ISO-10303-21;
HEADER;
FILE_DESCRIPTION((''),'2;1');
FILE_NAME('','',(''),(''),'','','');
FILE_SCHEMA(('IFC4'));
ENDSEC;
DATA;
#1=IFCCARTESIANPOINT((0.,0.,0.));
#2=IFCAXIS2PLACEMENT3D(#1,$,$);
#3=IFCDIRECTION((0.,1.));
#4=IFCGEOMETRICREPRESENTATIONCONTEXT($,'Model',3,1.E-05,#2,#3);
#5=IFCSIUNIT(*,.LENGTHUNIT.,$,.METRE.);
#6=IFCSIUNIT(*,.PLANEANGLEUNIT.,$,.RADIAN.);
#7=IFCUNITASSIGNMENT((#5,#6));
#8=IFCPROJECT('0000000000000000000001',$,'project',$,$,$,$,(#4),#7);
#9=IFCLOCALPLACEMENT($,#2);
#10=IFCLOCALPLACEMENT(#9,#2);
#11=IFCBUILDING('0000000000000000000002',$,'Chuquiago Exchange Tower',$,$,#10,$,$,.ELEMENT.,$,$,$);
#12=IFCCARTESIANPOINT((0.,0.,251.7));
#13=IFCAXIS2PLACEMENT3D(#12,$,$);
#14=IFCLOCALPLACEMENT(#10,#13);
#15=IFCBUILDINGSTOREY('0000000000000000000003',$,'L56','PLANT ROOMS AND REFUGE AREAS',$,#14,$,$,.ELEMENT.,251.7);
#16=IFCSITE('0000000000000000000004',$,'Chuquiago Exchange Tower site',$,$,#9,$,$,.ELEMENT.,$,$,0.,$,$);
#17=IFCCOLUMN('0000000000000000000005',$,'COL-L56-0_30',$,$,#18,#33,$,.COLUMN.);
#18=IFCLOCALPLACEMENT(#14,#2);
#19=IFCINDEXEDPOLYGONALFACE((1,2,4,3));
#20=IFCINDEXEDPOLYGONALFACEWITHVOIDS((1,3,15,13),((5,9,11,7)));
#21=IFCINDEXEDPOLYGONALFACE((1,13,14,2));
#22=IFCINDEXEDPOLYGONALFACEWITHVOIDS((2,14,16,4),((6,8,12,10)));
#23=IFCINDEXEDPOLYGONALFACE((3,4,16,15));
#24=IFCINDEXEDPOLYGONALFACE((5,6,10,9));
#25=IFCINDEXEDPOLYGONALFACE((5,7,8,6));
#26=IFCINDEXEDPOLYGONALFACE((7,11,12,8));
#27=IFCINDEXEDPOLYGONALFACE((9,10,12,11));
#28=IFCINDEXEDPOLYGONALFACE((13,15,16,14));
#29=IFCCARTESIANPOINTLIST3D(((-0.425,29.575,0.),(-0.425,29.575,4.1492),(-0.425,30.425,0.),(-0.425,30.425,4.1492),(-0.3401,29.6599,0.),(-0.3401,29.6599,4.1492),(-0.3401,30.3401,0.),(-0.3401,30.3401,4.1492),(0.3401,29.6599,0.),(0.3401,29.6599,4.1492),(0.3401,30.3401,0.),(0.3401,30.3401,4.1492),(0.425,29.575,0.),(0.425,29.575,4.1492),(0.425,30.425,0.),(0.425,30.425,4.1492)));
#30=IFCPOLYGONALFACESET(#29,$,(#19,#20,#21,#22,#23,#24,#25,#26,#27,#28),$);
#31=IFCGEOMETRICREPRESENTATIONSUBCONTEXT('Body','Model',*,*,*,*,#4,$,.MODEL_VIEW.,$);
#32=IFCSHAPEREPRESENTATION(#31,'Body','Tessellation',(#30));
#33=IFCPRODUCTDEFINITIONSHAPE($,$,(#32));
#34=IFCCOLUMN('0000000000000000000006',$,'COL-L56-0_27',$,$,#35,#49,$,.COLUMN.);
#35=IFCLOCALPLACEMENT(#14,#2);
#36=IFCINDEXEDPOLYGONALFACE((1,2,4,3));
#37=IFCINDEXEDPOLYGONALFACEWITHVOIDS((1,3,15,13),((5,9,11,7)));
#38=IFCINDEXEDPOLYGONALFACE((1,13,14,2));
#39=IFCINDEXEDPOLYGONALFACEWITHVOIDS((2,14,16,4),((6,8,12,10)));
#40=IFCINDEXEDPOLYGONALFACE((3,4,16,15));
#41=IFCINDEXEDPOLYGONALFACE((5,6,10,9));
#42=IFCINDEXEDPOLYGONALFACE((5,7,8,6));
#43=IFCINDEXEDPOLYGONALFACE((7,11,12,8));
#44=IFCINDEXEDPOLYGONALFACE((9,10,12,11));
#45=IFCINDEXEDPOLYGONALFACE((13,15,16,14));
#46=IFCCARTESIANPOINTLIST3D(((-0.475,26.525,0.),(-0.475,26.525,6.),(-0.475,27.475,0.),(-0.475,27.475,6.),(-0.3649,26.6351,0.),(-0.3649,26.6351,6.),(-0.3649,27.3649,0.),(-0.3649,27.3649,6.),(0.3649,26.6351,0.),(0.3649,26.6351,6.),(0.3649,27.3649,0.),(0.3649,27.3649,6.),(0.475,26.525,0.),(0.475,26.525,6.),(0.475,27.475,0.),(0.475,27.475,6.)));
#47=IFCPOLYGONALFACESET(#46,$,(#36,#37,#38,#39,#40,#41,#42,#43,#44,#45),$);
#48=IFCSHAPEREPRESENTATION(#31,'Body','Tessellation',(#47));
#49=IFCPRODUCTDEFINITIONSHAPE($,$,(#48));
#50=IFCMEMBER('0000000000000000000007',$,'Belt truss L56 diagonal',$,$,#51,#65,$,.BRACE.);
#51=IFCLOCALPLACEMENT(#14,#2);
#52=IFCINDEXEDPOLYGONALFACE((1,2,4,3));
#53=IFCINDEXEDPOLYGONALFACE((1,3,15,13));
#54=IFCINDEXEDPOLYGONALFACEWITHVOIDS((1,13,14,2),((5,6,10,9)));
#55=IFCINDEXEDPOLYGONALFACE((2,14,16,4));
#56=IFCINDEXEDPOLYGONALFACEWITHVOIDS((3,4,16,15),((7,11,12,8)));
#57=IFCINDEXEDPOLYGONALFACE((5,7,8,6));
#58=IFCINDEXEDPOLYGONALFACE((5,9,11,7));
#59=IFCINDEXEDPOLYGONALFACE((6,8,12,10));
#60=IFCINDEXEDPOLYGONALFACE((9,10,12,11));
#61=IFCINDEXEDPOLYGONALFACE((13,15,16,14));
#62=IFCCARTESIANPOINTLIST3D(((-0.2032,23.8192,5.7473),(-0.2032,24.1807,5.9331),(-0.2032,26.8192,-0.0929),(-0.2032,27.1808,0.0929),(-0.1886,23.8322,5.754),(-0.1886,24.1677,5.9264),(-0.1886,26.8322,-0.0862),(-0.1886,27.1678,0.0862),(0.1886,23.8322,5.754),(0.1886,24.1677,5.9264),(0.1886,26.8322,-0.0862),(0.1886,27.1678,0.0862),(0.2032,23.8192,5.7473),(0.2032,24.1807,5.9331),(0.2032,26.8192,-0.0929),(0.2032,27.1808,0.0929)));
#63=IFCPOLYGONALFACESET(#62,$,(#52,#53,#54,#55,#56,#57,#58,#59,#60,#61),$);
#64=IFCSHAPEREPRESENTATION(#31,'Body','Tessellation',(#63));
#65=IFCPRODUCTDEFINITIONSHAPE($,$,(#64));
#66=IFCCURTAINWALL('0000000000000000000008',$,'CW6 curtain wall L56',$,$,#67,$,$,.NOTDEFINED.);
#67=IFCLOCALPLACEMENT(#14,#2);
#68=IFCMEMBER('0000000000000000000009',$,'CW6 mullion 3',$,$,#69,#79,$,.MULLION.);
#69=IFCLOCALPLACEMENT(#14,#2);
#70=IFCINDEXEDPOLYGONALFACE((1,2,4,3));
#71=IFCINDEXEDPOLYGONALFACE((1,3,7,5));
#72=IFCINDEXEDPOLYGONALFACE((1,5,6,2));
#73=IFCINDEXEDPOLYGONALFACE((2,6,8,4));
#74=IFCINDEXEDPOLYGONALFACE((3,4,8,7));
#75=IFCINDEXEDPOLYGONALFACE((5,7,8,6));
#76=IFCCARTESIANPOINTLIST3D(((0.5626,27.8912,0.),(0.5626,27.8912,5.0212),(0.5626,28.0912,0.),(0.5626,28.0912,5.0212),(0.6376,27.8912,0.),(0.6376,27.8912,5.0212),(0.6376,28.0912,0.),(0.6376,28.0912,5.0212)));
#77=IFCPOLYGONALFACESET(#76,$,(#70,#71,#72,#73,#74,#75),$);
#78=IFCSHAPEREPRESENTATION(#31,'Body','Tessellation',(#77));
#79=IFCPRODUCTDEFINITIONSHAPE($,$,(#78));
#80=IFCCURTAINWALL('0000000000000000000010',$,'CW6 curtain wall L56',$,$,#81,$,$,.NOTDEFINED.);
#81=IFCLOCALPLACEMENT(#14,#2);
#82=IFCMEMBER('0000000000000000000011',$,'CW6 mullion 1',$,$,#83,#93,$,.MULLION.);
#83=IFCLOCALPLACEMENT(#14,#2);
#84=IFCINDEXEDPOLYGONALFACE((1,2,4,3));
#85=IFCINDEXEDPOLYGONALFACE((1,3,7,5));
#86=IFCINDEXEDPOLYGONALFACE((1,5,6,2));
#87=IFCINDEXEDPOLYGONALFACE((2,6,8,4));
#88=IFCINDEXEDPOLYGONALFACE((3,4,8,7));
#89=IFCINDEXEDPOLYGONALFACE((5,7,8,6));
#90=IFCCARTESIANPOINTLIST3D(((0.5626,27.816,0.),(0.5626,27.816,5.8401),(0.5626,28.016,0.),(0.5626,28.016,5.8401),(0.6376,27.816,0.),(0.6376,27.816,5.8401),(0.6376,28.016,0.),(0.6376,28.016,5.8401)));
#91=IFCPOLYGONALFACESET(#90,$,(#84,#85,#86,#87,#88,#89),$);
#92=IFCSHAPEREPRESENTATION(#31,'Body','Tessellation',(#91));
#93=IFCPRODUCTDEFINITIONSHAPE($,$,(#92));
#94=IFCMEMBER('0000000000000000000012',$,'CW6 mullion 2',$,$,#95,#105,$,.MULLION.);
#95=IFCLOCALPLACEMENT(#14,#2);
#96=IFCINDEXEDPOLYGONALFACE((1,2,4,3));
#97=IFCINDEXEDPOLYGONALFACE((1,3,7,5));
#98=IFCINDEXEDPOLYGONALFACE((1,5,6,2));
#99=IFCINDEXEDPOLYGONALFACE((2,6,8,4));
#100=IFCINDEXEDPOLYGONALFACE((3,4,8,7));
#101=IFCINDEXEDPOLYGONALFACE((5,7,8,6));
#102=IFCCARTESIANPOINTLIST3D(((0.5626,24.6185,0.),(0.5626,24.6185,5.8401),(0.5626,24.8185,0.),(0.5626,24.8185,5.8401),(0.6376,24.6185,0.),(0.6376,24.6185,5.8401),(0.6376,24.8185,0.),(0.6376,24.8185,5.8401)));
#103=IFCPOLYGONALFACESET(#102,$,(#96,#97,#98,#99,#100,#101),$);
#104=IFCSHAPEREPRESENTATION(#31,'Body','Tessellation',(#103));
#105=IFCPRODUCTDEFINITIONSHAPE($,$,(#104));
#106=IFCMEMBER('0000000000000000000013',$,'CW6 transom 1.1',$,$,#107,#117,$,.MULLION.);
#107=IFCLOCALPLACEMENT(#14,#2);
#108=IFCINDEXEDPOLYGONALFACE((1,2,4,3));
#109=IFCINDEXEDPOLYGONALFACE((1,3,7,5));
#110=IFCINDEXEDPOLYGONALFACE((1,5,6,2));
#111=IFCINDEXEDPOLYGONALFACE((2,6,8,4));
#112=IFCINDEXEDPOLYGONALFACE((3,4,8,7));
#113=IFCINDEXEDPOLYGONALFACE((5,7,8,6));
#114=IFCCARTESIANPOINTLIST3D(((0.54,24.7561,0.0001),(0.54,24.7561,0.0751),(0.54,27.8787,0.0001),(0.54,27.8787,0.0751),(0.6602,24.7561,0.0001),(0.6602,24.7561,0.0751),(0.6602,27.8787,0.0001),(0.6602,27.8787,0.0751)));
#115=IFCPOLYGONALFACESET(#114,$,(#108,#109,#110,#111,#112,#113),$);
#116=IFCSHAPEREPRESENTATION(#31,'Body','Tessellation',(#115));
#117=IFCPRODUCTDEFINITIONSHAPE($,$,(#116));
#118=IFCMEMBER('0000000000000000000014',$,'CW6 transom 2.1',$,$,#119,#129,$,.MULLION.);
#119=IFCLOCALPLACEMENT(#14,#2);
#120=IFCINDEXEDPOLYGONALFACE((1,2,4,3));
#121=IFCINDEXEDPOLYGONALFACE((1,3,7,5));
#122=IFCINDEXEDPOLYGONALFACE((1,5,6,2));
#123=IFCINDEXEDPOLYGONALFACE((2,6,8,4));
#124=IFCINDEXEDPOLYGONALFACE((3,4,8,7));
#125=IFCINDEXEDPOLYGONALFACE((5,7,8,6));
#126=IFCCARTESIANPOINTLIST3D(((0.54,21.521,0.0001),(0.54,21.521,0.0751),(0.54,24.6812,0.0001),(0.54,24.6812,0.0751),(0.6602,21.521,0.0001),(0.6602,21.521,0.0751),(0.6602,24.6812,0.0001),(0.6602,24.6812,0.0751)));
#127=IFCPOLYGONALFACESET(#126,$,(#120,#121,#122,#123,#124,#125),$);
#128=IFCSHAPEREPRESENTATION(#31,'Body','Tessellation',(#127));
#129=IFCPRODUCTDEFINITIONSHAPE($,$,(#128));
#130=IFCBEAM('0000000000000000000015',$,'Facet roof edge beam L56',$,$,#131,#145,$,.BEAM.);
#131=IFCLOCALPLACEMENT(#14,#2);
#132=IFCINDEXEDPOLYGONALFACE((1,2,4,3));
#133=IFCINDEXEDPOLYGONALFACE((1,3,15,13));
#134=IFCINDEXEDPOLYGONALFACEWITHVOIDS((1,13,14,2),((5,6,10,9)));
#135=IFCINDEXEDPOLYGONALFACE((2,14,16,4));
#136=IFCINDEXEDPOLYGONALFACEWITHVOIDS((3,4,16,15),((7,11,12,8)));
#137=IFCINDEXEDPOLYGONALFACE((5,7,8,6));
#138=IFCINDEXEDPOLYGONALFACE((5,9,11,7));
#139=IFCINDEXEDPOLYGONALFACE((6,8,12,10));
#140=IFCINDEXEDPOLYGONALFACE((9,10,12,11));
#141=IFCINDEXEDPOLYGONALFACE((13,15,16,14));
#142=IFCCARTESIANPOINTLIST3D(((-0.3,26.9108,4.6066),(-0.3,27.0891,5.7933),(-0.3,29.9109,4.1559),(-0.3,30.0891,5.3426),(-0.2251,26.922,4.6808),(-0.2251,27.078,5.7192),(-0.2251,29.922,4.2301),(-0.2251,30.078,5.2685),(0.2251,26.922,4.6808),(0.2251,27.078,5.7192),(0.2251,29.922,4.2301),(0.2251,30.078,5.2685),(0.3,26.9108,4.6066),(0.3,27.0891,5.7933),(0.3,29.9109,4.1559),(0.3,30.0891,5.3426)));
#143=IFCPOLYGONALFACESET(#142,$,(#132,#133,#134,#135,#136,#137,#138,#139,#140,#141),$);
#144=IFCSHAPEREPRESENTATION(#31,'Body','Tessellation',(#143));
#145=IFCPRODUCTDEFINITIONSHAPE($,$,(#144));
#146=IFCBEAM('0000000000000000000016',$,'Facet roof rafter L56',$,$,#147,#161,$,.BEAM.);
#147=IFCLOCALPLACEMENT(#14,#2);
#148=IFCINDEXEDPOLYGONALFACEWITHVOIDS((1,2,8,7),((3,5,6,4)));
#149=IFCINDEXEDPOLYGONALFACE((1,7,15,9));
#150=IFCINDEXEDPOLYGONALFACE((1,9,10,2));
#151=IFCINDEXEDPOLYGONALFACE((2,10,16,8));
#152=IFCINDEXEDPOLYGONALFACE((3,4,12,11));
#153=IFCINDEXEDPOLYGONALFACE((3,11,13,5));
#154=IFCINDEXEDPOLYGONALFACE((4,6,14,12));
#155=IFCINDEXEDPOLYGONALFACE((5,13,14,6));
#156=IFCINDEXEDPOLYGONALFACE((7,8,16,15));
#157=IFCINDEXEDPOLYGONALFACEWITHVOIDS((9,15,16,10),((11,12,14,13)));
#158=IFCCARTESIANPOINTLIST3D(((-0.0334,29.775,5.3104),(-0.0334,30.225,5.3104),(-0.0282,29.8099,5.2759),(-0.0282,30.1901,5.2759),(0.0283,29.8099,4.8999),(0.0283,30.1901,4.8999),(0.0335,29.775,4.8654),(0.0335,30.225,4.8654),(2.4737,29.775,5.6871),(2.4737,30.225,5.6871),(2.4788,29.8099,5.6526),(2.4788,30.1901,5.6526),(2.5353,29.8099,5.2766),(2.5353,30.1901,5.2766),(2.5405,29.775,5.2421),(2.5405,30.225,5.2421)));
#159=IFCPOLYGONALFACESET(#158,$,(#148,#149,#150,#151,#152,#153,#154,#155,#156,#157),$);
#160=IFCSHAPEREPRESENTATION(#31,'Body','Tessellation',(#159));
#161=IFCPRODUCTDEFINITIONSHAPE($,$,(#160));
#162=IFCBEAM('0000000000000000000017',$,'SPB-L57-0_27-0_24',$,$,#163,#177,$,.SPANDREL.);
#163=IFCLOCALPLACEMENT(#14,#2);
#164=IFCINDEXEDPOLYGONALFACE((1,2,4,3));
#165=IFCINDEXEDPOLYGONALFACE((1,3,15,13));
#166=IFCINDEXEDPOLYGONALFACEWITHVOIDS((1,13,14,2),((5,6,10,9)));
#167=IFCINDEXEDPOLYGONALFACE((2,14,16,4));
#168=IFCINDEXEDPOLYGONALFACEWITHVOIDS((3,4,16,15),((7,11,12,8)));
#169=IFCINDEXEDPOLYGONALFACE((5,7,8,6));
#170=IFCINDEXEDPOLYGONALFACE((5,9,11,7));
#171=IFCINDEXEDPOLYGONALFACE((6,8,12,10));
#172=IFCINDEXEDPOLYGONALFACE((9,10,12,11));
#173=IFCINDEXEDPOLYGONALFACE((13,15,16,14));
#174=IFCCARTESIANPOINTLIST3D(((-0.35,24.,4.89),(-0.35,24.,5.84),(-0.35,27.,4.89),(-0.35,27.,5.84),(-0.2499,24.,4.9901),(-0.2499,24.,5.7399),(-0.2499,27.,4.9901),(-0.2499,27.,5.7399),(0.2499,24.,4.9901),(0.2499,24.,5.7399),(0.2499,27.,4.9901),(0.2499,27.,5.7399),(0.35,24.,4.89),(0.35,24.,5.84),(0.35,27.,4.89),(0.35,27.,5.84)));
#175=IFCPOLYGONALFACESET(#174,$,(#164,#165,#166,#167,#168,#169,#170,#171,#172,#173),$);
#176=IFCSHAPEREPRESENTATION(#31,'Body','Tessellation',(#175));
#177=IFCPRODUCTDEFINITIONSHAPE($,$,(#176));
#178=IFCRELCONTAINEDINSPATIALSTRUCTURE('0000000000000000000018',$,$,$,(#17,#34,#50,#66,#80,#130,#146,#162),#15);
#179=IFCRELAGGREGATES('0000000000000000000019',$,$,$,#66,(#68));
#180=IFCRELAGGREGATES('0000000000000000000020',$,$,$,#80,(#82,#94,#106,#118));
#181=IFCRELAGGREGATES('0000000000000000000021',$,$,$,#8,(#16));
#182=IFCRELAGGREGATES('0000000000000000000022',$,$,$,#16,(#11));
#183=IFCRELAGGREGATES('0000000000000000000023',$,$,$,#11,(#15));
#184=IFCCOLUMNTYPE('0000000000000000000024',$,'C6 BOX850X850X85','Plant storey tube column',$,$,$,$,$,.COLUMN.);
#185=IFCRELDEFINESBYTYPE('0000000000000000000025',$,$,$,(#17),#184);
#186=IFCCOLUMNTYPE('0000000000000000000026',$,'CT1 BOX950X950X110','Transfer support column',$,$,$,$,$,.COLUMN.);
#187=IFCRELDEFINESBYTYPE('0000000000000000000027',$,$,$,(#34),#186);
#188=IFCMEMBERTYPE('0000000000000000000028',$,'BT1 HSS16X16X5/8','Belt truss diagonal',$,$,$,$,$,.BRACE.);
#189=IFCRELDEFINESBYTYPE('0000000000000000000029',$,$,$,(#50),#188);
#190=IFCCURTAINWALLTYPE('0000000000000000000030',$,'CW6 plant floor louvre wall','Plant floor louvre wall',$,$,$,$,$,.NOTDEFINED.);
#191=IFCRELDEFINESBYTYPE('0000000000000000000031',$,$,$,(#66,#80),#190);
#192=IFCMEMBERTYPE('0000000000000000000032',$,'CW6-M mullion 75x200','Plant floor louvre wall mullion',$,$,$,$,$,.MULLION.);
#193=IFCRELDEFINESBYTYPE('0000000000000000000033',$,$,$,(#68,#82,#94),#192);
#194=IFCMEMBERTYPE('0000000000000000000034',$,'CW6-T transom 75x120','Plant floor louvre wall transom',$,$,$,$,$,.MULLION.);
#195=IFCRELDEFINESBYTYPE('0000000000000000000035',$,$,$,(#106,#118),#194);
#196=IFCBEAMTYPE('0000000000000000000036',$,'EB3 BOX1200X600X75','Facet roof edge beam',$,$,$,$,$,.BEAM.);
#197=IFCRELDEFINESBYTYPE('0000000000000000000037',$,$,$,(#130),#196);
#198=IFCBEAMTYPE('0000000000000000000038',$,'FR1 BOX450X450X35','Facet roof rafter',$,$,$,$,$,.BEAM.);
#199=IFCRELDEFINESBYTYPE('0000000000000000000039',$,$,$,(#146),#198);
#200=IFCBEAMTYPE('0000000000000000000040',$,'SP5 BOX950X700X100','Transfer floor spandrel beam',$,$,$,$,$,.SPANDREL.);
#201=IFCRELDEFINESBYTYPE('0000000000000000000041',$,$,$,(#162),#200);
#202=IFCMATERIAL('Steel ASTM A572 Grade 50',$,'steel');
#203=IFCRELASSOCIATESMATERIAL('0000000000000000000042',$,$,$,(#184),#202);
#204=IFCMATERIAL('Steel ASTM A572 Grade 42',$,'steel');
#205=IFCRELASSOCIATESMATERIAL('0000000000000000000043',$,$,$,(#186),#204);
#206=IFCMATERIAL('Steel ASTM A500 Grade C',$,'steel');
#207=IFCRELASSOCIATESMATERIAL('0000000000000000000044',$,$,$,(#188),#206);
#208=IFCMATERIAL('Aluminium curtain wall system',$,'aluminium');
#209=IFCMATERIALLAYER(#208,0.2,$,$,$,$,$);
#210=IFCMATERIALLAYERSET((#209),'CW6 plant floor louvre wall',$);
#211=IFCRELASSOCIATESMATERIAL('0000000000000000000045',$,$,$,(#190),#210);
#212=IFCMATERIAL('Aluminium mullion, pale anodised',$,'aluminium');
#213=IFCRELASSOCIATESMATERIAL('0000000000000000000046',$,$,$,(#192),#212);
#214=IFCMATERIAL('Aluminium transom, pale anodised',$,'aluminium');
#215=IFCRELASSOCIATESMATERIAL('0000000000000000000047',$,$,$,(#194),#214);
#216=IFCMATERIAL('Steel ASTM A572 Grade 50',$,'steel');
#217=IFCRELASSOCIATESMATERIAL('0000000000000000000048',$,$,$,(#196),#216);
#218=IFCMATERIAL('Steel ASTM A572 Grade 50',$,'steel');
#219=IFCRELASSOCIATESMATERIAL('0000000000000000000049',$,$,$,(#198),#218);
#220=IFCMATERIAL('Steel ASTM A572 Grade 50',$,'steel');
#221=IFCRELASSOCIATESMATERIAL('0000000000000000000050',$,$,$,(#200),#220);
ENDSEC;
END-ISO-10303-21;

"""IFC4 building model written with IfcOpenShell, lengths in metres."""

from ifc_helpers import new_model, si_unit, direction, frame, origin, origin_2d, place, context, subcontext, project, spatial, rectangle, hollow_rectangle, extrude, material, layer, layer_set, material_profile, profile_set, type_object, element, aggregate, save


model = new_model("IFC4")

# Units and contexts
model_context = context("Model", 3, precision=1e-05, world=origin(), true_north=direction((0.0, 1.0)))
body_context = subcontext(model_context, "Body", "Model", "MODEL_VIEW")
ifc_project = project(units=[si_unit("LENGTHUNIT", "METRE"), si_unit("PLANEANGLEUNIT", "RADIAN")], contexts=[model_context])

# Site, building, storey
site_placement = place(None, origin())
site = spatial("IfcSite", under=ifc_project, at=site_placement, Name="Chuquiago Exchange Tower site", CompositionType="ELEMENT", RefElevation=0.0)
building_placement = place(site_placement, origin())
building = spatial("IfcBuilding", under=site, at=building_placement, Name="Chuquiago Exchange Tower", CompositionType="ELEMENT")
storey_placement = place(building_placement, frame((0.0, 0.0, 251.7)))
storey = spatial("IfcBuildingStorey", under=building, at=storey_placement, Name="L56", Description="PLANT ROOMS AND REFUGE AREAS", CompositionType="ELEMENT", Elevation=251.7)

# Columns
ifc_material_1 = material(Name="Steel ASTM A572 Grade 50", Category="steel")
ifc_material_profile_1 = material_profile(ifc_material_1, hollow_rectangle(XDim=0.8501, YDim=0.8501, WallThickness=0.085, at=origin_2d()), Name="BOX850X850X85")
ifc_profile_set_1 = profile_set([ifc_material_profile_1], Name="Steel ASTM A572 Grade 50")
column_type_1 = type_object("IfcColumnType", Name="C6 BOX850X850X85", Description="Plant storey tube column", PredefinedType="COLUMN", material=ifc_profile_set_1)
column_1_placement = place(storey_placement, frame((0.0, 30.0, 0.0), z_axis=(0.0, 0.0, 1.0), x_axis=(-1.0, 0.0, 0.0)))
element("IfcColumn", 1, at=column_1_placement, inside=storey, type_object=column_type_1, Name="COL-L56-0_30", PredefinedType="COLUMN", context=body_context, shape_type="SweptSolid", body=[
    extrude(hollow_rectangle(XDim=0.8501, YDim=0.8501, WallThickness=0.085, at=origin_2d()), origin(), (0.0, 0.0, 1.0), 4.1492),
])
ifc_material_2 = material(Name="Steel ASTM A572 Grade 42", Category="steel")
ifc_material_profile_2 = material_profile(ifc_material_2, hollow_rectangle(XDim=0.95, YDim=0.95, WallThickness=0.1101, at=origin_2d()), Name="BOX950X950X110")
ifc_profile_set_2 = profile_set([ifc_material_profile_2], Name="Steel ASTM A572 Grade 42")
column_type_2 = type_object("IfcColumnType", Name="CT1 BOX950X950X110", Description="Transfer support column", PredefinedType="COLUMN", material=ifc_profile_set_2)
column_2_placement = place(storey_placement, frame((0.0, 27.0, 0.0), z_axis=(0.0, 0.0, 1.0), x_axis=(-1.0, 0.0, 0.0)))
element("IfcColumn", 2, at=column_2_placement, inside=storey, type_object=column_type_2, Name="COL-L56-0_27", PredefinedType="COLUMN", context=body_context, shape_type="SweptSolid", body=[
    extrude(hollow_rectangle(XDim=0.95, YDim=0.95, WallThickness=0.1101, at=origin_2d()), origin(), (0.0, 0.0, 1.0), 6.0),
])

# Member
ifc_material_3 = material(Name="Steel ASTM A500 Grade C", Category="steel")
ifc_material_profile_3 = material_profile(ifc_material_3, hollow_rectangle(XDim=0.4065, YDim=0.4065, WallThickness=0.0146, at=origin_2d()), Name="HSS16X16X5/8")
ifc_profile_set_3 = profile_set([ifc_material_profile_3], Name="Steel ASTM A500 Grade C")
member_type_1 = type_object("IfcMemberType", Name="BT1 HSS16X16X5/8", Description="Belt truss diagonal", PredefinedType="BRACE", material=ifc_profile_set_3)
member_1_placement = place(storey_placement, frame((0.0, 27.0, 0.0), z_axis=(0.0, -0.45693, 0.889503), x_axis=(1.0, 0.0, 0.0)))
element("IfcMember", 3, at=member_1_placement, inside=storey, type_object=member_type_1, Name="Belt truss L56 diagonal", PredefinedType="BRACE", context=body_context, shape_type="SweptSolid", body=[
    extrude(hollow_rectangle(XDim=0.4065, YDim=0.4065, WallThickness=0.0146, at=origin_2d()), origin(), (0.0, 0.0, 1.0), 6.5657),
])

# Curtain wall, member
ifc_material_4 = material(Name="Aluminium curtain wall system", Category="aluminium")
ifc_layer_1 = layer(ifc_material_4, 0.2)
ifc_layer_set_1 = layer_set([ifc_layer_1], Name="CW6 plant floor louvre wall")
curtain_wall_type = type_object("IfcCurtainWallType", Name="CW6 plant floor louvre wall", Description="Plant floor louvre wall", PredefinedType="NOTDEFINED", material=ifc_layer_set_1)
curtain_wall_1_placement = place(storey_placement, origin())
curtain_wall_1 = element("IfcCurtainWall", 4, at=curtain_wall_1_placement, inside=storey, type_object=curtain_wall_type, Name="CW6 curtain wall L56", PredefinedType="NOTDEFINED")
ifc_material_5 = material(Name="Aluminium mullion, pale anodised", Category="aluminium")
ifc_material_profile_4 = material_profile(ifc_material_5, rectangle(XDim=0.075, YDim=0.2, at=origin_2d()), Name="AL 75x200")
ifc_profile_set_4 = profile_set([ifc_material_profile_4], Name="Aluminium mullion, pale anodised")
member_type_2 = type_object("IfcMemberType", Name="CW6-M mullion 75x200", Description="Plant floor louvre wall mullion", PredefinedType="MULLION", material=ifc_profile_set_4)
member_2_placement = place(storey_placement, frame((0.6001, 27.9912, 0.0), z_axis=(0.0, 0.0, 1.0), x_axis=(1.0, 0.0, 0.0)))
member_2 = element("IfcMember", 5, at=member_2_placement, type_object=member_type_2, Name="CW6 mullion 3", PredefinedType="MULLION", context=body_context, shape_type="SweptSolid", body=[
    extrude(rectangle(XDim=0.075, YDim=0.2, at=origin_2d()), origin(), (0.0, 0.0, 1.0), 5.0212),
])

# Curtain wall, members
curtain_wall_2_placement = place(storey_placement, origin())
curtain_wall_2 = element("IfcCurtainWall", 6, at=curtain_wall_2_placement, inside=storey, type_object=curtain_wall_type, Name="CW6 curtain wall L56", PredefinedType="NOTDEFINED")
member_3_placement = place(storey_placement, frame((0.6001, 27.916, 0.0), z_axis=(0.0, 0.0, 1.0), x_axis=(1.0, 0.0, 0.0)))
member_3 = element("IfcMember", 7, at=member_3_placement, type_object=member_type_2, Name="CW6 mullion 1", PredefinedType="MULLION", context=body_context, shape_type="SweptSolid", body=[
    extrude(rectangle(XDim=0.075, YDim=0.2, at=origin_2d()), origin(), (0.0, 0.0, 1.0), 5.8401),
])
member_4_placement = place(storey_placement, frame((0.6001, 24.7185, 0.0), z_axis=(0.0, 0.0, 1.0), x_axis=(1.0, 0.0, 0.0)))
member_4 = element("IfcMember", 8, at=member_4_placement, type_object=member_type_2, Name="CW6 mullion 2", PredefinedType="MULLION", context=body_context, shape_type="SweptSolid", body=[
    extrude(rectangle(XDim=0.075, YDim=0.2, at=origin_2d()), origin(), (0.0, 0.0, 1.0), 5.8401),
])
ifc_material_6 = material(Name="Aluminium transom, pale anodised", Category="aluminium")
ifc_material_profile_5 = material_profile(ifc_material_6, rectangle(XDim=0.1201, YDim=0.075, at=origin_2d()), Name="AL 120x75")
ifc_profile_set_5 = profile_set([ifc_material_profile_5], Name="Aluminium transom, pale anodised")
member_type_3 = type_object("IfcMemberType", Name="CW6-T transom 75x120", Description="Plant floor louvre wall transom", PredefinedType="MULLION", material=ifc_profile_set_5)
member_5_placement = place(storey_placement, frame((0.6001, 27.8787, 0.0376), z_axis=(0.0, -1.0, 0.0), x_axis=(1.0, 0.0, 0.0)))
member_5 = element("IfcMember", 9, at=member_5_placement, type_object=member_type_3, Name="CW6 transom 1.1", PredefinedType="MULLION", context=body_context, shape_type="SweptSolid", body=[
    extrude(rectangle(XDim=0.1201, YDim=0.075, at=origin_2d()), origin(), (0.0, 0.0, 1.0), 3.1226),
])
member_6_placement = place(storey_placement, frame((0.6001, 24.6812, 0.0376), z_axis=(0.0, -1.0, 0.0), x_axis=(1.0, 0.0, 0.0)))
member_6 = element("IfcMember", 10, at=member_6_placement, type_object=member_type_3, Name="CW6 transom 2.1", PredefinedType="MULLION", context=body_context, shape_type="SweptSolid", body=[
    extrude(rectangle(XDim=0.1201, YDim=0.075, at=origin_2d()), origin(), (0.0, 0.0, 1.0), 3.1602),
])

# Beams
ifc_material_7 = material(Name="Steel ASTM A572 Grade 50", Category="steel")
ifc_material_profile_6 = material_profile(ifc_material_7, hollow_rectangle(XDim=0.6001, YDim=1.2, WallThickness=0.075, at=origin_2d()), Name="BOX1200X600X75")
ifc_profile_set_6 = profile_set([ifc_material_profile_6], Name="Steel ASTM A572 Grade 50")
beam_type_1 = type_object("IfcBeamType", Name="EB3 BOX1200X600X75", Description="Facet roof edge beam", PredefinedType="BEAM", material=ifc_profile_set_6)
beam_1_placement = place(storey_placement, frame((0.0, 30.0, 4.7493), z_axis=(0.0, -0.988903, 0.148561), x_axis=(1.0, 0.0, 0.0)))
element("IfcBeam", 11, at=beam_1_placement, inside=storey, type_object=beam_type_1, Name="Facet roof edge beam L56", PredefinedType="BEAM", context=body_context, shape_type="SweptSolid", body=[
    extrude(hollow_rectangle(XDim=0.6001, YDim=1.2, WallThickness=0.075, at=origin_2d()), origin(), (0.0, 0.0, 1.0), 3.0337),
])
ifc_material_8 = material(Name="Steel ASTM A572 Grade 50", Category="steel")
ifc_material_profile_7 = material_profile(ifc_material_8, hollow_rectangle(XDim=0.45, YDim=0.45, WallThickness=0.0349, at=origin_2d()), Name="BOX450X450X35")
ifc_profile_set_7 = profile_set([ifc_material_profile_7], Name="Steel ASTM A572 Grade 50")
beam_type_2 = type_object("IfcBeamType", Name="FR1 BOX450X450X35", Description="Facet roof rafter", PredefinedType="BEAM", material=ifc_profile_set_7)
beam_2_placement = place(storey_placement, frame((2.5071, 30.0, 5.4646), z_axis=(-0.988899, 0.0, -0.14859), x_axis=(0.0, -1.0, 0.0)))
element("IfcBeam", 12, at=beam_2_placement, inside=storey, type_object=beam_type_2, Name="Facet roof rafter L56", PredefinedType="BEAM", context=body_context, shape_type="SweptSolid", body=[
    extrude(hollow_rectangle(XDim=0.45, YDim=0.45, WallThickness=0.0349, at=origin_2d()), origin(), (0.0, 0.0, 1.0), 2.5352),
])
ifc_material_9 = material(Name="Steel ASTM A572 Grade 50", Category="steel")
ifc_material_profile_8 = material_profile(ifc_material_9, hollow_rectangle(XDim=0.7, YDim=0.95, WallThickness=0.1001, at=origin_2d()), Name="BOX950X700X100")
ifc_profile_set_8 = profile_set([ifc_material_profile_8], Name="Steel ASTM A572 Grade 50")
beam_type_3 = type_object("IfcBeamType", Name="SP5 BOX950X700X100", Description="Transfer floor spandrel beam", PredefinedType="SPANDREL", material=ifc_profile_set_8)
beam_3_placement = place(storey_placement, frame((0.0, 27.0, 5.365), z_axis=(0.0, -1.0, 0.0), x_axis=(1.0, 0.0, 0.0)))
element("IfcBeam", 13, at=beam_3_placement, inside=storey, type_object=beam_type_3, Name="SPB-L57-0_27-0_24", PredefinedType="SPANDREL", context=body_context, shape_type="SweptSolid", body=[
    extrude(hollow_rectangle(XDim=0.7, YDim=0.95, WallThickness=0.1001, at=origin_2d()), origin(), (0.0, 0.0, 1.0), 3.0),
])

aggregate(curtain_wall_1, [member_2])
aggregate(curtain_wall_2, [member_3, member_4, member_5, member_6])

save(model, "model.ifc")
